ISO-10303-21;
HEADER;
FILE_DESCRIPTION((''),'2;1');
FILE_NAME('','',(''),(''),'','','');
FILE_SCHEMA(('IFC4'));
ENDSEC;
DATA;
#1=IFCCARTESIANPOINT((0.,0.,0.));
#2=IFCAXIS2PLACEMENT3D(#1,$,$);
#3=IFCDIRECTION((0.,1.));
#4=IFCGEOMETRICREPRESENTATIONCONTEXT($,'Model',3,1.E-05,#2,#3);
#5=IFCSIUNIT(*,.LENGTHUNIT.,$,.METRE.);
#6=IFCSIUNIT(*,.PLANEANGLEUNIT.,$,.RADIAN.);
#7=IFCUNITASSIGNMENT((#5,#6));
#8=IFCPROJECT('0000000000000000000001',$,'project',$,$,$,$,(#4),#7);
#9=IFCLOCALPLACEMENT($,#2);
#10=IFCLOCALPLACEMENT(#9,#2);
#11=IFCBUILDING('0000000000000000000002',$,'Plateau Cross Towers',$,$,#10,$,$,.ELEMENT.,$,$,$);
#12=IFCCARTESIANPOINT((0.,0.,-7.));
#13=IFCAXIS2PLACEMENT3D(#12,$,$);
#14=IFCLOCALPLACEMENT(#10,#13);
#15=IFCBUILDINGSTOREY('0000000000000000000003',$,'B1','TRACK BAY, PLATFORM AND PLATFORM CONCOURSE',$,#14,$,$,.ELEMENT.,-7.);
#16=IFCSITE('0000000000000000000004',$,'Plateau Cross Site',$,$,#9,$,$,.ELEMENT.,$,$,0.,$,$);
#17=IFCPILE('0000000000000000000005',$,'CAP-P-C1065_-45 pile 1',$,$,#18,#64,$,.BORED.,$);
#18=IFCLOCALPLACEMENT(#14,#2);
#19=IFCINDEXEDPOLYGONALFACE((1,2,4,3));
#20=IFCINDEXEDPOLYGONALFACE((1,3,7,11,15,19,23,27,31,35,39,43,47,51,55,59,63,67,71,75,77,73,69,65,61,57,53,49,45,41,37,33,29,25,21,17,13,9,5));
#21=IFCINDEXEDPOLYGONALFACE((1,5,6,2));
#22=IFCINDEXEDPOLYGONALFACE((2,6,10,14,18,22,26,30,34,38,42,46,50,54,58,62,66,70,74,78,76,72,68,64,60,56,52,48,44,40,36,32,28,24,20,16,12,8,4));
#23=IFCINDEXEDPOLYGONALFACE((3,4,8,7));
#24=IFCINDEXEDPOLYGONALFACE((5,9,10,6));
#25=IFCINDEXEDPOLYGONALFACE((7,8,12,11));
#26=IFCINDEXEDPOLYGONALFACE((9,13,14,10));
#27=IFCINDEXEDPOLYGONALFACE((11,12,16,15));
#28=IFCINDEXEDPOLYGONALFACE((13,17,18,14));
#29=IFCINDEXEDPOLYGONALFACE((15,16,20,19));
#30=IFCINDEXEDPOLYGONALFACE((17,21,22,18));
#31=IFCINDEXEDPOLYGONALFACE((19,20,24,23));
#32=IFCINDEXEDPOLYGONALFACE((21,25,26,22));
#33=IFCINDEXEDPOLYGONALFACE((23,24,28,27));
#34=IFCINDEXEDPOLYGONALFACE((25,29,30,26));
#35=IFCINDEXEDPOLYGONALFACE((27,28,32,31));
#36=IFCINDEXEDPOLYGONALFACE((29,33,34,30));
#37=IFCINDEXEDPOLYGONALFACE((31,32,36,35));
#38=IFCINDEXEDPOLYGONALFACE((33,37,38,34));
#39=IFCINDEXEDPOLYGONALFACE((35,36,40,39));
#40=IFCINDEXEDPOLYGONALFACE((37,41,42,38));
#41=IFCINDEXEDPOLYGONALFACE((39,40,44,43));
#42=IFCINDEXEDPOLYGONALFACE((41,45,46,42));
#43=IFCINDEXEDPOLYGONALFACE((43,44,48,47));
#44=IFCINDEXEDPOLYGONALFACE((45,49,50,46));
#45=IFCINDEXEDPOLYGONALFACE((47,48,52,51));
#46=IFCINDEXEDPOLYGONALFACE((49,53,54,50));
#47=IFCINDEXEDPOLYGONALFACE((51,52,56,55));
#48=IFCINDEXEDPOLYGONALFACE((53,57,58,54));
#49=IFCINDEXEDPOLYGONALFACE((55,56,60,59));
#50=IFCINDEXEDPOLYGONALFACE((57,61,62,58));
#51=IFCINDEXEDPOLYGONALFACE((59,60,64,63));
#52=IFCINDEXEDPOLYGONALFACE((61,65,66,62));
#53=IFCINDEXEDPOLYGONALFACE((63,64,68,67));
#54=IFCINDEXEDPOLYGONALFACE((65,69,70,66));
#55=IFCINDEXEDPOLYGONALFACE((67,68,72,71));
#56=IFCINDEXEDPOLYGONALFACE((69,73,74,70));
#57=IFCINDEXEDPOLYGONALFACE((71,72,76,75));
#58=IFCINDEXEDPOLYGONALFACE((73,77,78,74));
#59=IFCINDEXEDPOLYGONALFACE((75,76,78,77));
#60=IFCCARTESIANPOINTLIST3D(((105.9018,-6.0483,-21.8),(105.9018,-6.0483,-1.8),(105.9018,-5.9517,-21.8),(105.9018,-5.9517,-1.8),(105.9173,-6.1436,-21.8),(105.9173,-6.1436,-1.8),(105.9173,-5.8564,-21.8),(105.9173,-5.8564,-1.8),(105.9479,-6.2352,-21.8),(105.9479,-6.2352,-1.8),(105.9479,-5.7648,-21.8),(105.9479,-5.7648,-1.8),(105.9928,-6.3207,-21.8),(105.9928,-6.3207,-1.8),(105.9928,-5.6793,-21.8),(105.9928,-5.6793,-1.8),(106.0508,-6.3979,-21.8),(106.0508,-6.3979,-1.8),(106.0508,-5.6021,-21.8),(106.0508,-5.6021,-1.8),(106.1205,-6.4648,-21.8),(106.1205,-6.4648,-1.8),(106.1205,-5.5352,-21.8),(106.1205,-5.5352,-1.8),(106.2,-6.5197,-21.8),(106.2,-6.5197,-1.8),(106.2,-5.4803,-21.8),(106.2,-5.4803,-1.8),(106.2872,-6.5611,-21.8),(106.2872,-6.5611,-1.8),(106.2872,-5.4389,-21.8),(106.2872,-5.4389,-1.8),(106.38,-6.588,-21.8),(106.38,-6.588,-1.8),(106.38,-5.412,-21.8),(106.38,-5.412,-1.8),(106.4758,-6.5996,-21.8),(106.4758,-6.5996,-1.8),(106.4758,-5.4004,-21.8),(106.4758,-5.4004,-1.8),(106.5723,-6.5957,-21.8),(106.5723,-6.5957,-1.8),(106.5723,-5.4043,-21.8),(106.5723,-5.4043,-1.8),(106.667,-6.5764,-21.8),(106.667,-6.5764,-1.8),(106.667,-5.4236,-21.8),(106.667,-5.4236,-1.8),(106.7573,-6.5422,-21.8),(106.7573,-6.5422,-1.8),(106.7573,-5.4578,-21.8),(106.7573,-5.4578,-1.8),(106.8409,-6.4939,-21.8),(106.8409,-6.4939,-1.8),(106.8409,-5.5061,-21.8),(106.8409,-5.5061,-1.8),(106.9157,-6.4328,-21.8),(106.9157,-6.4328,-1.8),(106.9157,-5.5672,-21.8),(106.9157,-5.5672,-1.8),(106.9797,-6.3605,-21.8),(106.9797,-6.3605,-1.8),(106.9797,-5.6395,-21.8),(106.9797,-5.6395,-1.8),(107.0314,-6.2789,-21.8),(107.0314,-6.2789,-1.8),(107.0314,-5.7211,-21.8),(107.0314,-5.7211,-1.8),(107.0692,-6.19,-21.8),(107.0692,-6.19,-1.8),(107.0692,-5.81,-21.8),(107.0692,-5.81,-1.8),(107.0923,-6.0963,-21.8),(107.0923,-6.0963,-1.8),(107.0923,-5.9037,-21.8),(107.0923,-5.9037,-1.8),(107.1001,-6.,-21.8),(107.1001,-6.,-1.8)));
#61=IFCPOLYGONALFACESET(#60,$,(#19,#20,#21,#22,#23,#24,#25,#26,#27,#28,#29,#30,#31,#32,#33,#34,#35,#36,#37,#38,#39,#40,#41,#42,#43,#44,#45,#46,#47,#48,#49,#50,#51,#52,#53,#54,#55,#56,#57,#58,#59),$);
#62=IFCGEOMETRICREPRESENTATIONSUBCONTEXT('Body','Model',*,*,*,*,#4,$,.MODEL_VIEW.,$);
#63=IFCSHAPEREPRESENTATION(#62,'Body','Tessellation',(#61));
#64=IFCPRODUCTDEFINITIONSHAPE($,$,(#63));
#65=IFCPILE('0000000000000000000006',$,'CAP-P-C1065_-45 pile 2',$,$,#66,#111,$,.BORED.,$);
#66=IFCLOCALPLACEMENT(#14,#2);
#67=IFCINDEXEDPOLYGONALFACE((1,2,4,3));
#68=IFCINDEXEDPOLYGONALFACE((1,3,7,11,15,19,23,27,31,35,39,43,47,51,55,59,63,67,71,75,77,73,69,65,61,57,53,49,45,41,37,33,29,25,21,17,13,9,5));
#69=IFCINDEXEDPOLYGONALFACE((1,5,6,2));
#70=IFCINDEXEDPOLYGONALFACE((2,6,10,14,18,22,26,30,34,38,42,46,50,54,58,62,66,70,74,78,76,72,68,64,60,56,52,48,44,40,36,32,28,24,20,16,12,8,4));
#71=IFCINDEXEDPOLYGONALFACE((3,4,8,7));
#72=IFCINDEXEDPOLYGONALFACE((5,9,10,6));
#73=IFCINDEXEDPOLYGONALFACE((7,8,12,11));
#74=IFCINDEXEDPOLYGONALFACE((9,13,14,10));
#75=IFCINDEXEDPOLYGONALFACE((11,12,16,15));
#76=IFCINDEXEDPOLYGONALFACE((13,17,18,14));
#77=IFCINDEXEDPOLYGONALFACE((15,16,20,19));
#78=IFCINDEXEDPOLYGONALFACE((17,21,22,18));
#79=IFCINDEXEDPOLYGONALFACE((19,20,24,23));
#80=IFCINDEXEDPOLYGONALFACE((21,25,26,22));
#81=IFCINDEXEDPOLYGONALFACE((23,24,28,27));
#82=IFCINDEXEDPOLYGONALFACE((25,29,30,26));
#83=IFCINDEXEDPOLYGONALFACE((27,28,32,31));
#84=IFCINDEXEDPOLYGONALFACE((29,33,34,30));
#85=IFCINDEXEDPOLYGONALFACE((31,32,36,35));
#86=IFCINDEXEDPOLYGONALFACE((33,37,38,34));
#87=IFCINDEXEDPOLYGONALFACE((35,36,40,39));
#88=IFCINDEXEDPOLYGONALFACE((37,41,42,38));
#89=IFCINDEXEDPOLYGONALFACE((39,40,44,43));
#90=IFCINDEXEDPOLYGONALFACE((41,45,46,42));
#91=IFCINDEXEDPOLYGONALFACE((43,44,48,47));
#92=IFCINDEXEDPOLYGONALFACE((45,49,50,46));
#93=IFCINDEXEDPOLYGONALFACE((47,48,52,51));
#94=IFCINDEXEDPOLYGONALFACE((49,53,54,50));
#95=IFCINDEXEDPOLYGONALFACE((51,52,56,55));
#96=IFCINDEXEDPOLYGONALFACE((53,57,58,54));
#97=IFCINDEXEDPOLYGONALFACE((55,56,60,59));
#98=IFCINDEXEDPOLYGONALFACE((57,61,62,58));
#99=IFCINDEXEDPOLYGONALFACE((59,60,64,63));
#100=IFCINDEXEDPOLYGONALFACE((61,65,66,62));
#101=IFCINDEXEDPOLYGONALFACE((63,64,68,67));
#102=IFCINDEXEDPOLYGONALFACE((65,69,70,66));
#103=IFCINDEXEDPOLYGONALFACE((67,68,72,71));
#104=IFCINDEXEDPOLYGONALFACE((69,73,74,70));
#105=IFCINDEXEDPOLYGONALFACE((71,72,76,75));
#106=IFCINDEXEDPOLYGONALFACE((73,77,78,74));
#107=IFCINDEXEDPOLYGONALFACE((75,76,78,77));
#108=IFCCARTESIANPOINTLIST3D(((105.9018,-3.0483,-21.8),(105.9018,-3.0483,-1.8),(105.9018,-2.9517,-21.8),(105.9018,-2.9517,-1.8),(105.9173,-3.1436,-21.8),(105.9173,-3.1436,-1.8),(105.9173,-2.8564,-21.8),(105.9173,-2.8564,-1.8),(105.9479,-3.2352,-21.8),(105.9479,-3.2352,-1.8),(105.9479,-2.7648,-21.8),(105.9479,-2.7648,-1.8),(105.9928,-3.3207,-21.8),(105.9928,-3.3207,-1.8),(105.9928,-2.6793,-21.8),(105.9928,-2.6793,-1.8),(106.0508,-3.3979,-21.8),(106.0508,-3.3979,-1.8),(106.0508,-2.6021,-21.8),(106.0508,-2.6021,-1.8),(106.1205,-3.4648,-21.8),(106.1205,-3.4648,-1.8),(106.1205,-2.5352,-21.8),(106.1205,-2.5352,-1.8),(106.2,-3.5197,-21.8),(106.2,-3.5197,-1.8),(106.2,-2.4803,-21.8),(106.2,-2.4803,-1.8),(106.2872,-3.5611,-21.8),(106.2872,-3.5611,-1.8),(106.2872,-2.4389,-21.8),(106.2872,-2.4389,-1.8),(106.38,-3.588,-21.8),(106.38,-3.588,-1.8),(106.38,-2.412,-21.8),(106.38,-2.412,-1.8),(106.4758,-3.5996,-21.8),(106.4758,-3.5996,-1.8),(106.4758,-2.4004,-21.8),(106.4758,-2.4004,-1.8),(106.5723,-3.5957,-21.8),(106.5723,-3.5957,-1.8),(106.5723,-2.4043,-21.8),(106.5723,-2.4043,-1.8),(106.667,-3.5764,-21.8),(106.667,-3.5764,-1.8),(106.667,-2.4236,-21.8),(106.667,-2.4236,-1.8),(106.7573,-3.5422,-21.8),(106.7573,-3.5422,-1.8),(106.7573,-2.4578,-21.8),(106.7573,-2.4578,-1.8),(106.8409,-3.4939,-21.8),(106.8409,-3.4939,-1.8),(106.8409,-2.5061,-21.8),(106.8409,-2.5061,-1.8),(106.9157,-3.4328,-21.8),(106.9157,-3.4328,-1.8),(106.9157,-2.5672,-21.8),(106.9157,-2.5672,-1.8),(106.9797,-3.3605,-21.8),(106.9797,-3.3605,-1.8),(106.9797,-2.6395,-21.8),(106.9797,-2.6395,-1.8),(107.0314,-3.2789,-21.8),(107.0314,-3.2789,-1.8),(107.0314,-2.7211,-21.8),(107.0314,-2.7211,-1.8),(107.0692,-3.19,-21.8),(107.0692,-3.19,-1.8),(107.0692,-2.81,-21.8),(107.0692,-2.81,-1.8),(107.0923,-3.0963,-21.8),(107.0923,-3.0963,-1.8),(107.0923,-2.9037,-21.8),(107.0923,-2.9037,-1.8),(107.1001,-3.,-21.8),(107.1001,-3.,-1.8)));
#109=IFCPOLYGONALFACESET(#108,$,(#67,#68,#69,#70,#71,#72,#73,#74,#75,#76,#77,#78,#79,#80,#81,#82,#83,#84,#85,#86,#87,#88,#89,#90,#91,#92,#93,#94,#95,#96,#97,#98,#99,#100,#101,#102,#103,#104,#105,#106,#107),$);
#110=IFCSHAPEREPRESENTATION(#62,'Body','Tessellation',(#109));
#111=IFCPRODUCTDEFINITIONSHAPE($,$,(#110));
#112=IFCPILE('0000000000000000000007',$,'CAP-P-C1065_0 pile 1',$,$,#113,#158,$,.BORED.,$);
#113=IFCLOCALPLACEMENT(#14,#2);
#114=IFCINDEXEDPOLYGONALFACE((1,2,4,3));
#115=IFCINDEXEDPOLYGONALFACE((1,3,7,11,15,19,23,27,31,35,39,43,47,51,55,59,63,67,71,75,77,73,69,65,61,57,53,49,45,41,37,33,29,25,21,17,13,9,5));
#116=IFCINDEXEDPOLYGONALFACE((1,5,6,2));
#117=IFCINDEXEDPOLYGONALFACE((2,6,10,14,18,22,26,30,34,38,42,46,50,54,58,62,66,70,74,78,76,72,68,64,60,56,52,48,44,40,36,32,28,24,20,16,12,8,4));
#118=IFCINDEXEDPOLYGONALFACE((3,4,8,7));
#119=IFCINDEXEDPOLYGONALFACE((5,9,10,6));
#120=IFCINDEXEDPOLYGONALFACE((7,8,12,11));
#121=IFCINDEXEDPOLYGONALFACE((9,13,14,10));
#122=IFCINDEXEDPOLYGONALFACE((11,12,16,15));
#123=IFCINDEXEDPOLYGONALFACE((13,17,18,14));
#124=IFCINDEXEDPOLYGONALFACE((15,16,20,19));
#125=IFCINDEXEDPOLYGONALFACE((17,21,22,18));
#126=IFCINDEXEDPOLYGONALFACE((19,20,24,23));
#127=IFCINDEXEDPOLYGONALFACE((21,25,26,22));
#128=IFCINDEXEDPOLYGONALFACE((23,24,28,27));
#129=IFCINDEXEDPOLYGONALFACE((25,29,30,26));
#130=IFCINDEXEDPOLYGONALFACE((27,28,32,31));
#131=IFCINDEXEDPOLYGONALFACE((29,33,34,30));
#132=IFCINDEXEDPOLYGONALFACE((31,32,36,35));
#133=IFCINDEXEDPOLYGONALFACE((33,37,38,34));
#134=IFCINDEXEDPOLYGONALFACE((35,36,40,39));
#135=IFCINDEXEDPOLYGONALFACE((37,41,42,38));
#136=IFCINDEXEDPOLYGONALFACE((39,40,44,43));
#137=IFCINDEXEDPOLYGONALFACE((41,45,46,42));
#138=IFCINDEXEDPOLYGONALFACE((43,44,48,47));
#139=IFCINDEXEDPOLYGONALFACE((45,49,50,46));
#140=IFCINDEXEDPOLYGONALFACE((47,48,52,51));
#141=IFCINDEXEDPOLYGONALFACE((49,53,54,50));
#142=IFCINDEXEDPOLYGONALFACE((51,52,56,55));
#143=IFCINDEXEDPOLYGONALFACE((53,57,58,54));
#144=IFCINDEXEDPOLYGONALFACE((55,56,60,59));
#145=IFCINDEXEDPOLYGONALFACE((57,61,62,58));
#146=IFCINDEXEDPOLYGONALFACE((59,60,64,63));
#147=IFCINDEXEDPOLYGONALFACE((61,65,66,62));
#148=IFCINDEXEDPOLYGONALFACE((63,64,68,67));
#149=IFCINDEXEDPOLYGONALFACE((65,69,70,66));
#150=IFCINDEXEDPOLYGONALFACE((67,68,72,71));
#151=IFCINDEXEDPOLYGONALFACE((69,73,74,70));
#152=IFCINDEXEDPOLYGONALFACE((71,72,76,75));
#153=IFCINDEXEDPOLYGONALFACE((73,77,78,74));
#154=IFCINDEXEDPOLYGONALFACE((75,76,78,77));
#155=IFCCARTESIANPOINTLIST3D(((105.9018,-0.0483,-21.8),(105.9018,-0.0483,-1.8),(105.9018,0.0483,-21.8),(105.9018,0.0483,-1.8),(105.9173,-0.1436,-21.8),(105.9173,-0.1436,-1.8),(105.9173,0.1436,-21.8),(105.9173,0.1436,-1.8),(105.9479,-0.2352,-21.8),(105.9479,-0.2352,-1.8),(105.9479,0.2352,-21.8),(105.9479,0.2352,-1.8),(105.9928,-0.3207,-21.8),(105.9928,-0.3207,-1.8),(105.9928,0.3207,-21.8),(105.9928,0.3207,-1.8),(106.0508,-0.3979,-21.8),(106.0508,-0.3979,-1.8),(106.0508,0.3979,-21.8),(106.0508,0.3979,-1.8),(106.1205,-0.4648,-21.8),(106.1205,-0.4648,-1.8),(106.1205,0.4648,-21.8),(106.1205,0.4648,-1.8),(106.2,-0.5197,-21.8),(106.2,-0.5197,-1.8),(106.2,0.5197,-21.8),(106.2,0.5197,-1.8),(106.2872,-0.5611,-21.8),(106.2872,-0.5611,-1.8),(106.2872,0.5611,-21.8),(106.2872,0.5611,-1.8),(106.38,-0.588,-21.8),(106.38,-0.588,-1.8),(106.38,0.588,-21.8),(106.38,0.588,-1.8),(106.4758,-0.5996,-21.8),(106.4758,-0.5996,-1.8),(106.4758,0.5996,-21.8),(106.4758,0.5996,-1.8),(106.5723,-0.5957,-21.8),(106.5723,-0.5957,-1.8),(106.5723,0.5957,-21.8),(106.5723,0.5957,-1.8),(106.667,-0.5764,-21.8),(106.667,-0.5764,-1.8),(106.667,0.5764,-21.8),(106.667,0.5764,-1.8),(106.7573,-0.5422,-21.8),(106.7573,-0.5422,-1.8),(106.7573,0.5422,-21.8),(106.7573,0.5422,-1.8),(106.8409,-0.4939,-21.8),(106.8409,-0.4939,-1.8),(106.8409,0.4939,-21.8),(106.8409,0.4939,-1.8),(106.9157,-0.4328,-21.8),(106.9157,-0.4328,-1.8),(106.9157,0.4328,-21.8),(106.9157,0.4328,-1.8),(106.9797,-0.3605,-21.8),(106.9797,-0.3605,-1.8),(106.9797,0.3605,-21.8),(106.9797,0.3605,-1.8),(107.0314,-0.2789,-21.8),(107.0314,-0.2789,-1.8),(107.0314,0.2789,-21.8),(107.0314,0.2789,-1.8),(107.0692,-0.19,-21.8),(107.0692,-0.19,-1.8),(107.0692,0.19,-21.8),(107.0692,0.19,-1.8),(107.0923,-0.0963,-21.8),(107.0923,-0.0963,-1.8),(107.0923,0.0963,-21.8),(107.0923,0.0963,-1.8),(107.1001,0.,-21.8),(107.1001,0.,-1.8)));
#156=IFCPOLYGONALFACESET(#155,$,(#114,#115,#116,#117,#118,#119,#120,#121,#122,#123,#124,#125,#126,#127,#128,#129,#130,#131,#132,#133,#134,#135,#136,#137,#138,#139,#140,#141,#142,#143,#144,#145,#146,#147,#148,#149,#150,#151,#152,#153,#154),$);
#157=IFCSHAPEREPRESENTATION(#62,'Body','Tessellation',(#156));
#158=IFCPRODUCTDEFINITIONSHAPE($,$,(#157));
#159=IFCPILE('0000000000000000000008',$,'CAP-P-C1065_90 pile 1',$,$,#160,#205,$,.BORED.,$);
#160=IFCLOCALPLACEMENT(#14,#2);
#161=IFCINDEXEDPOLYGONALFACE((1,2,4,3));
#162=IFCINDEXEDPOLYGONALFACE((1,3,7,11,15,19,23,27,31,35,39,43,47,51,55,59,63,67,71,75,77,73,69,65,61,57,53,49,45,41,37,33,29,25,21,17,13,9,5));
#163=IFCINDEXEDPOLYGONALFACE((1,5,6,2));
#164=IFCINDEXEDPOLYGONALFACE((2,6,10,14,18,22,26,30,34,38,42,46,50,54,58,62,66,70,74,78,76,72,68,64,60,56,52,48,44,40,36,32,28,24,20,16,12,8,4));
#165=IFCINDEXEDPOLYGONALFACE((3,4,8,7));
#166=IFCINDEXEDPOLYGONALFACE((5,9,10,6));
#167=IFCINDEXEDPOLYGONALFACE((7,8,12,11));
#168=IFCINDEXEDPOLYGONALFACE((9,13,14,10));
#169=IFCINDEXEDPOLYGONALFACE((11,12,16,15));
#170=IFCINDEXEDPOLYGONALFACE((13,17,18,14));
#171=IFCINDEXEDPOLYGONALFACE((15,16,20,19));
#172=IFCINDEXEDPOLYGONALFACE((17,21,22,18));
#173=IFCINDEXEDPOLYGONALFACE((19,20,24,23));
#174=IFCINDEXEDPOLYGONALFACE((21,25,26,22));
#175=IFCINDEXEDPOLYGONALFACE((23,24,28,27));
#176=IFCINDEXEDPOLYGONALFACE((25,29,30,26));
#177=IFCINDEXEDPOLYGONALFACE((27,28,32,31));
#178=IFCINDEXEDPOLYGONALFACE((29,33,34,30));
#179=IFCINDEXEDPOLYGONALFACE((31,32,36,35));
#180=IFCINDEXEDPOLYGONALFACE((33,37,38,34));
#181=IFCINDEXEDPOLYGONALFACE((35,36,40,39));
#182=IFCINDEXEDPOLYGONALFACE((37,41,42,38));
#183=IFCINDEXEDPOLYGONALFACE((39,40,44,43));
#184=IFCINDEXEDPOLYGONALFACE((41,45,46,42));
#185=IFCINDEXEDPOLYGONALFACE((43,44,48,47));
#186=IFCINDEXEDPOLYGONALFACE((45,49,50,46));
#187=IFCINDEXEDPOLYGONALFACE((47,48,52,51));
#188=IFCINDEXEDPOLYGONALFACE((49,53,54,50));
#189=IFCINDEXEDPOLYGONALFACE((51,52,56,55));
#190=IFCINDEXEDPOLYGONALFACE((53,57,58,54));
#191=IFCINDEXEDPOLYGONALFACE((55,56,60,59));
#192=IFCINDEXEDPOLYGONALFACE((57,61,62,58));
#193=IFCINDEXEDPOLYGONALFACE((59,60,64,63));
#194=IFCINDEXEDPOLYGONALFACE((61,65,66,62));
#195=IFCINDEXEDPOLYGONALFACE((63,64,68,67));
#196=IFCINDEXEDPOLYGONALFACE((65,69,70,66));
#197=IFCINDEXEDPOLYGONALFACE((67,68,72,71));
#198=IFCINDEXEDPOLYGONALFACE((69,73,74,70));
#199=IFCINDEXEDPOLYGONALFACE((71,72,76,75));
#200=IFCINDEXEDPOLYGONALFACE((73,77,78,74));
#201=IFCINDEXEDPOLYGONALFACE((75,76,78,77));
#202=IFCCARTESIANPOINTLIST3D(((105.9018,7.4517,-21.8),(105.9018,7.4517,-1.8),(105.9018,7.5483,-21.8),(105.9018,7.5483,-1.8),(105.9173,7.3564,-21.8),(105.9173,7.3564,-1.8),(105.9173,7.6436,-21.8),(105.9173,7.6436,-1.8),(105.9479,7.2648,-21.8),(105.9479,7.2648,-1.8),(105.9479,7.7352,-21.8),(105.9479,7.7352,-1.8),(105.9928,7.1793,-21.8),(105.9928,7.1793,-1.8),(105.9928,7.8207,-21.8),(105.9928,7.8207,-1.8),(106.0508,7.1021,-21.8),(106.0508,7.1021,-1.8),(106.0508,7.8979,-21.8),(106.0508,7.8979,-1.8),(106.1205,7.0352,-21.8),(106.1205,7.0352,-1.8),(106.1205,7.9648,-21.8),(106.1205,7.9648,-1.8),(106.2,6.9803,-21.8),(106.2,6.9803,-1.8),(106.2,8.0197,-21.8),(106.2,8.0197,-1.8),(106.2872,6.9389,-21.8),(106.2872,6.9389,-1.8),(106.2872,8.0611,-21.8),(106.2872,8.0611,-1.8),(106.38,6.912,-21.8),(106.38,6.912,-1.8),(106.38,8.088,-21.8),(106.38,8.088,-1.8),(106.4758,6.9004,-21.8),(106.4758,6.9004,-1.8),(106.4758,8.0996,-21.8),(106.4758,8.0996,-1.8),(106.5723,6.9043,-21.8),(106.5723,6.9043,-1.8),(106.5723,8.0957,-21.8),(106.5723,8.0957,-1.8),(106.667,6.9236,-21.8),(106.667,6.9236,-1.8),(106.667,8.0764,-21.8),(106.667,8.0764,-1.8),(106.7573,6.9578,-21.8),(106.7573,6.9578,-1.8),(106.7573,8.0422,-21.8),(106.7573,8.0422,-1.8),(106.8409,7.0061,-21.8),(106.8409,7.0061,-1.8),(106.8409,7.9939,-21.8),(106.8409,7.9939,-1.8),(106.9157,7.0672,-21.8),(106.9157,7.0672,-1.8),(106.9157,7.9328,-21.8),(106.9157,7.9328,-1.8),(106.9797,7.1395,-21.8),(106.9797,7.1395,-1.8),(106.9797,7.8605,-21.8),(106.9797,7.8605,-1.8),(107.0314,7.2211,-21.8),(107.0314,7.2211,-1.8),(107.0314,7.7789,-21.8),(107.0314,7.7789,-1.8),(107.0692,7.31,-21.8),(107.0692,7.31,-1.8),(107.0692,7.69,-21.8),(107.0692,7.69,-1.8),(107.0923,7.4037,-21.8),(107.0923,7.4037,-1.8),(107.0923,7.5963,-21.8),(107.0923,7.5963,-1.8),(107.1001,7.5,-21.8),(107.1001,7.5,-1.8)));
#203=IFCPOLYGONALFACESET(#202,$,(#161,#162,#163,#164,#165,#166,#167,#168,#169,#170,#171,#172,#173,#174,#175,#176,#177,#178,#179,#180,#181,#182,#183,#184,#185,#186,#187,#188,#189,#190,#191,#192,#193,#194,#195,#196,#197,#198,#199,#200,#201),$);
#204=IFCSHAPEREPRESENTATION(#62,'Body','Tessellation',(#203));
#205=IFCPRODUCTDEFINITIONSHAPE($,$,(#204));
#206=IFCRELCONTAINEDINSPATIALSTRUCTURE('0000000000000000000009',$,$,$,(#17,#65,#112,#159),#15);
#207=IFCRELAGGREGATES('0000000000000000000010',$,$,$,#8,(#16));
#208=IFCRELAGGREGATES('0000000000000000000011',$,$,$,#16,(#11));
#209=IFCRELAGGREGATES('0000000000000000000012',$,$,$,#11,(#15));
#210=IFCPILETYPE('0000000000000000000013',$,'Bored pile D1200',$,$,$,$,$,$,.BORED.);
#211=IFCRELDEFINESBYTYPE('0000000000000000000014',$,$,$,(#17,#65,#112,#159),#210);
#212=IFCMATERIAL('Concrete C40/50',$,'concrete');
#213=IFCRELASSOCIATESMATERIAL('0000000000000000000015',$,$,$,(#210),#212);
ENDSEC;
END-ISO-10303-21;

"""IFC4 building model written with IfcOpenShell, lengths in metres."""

from ifc_helpers import new_model, si_unit, direction, frame, origin, origin_2d, place, context, subcontext, project, spatial, circle, extrude, material, material_profile, profile_set, type_object, element, save


model = new_model("IFC4")

# Units and contexts
model_context = context("Model", 3, precision=1e-05, world=origin(), true_north=direction((0.0, 1.0)))
body_context = subcontext(model_context, "Body", "Model", "MODEL_VIEW")
ifc_project = project(units=[si_unit("LENGTHUNIT", "METRE"), si_unit("PLANEANGLEUNIT", "RADIAN")], contexts=[model_context])

# Site, building, storey
site_placement = place(None, origin())
site = spatial("IfcSite", under=ifc_project, at=site_placement, Name="Plateau Cross Site", CompositionType="ELEMENT", RefElevation=0.0)
building_placement = place(site_placement, origin())
building = spatial("IfcBuilding", under=site, at=building_placement, Name="Plateau Cross Towers", CompositionType="ELEMENT")
storey_placement = place(building_placement, frame((0.0, 0.0, -7.0)))
storey = spatial("IfcBuildingStorey", under=building, at=storey_placement, Name="B1", Description="TRACK BAY, PLATFORM AND PLATFORM CONCOURSE", CompositionType="ELEMENT", Elevation=-7.0)

# Piles
ifc_material_1 = material(Name="Concrete C40/50", Category="concrete")
ifc_material_profile_1 = material_profile(ifc_material_1, circle(Radius=0.6001, at=origin_2d()), Name="Bored pile D1200")
ifc_profile_set_1 = profile_set([ifc_material_profile_1], Name="Concrete C40/50")
pile_type = type_object("IfcPileType", Name="Bored pile D1200", PredefinedType="BORED", material=ifc_profile_set_1)
for number, where, z_axis, x_axis, name in (
    (1, (106.5, -6.0, -1.8), (0.0, 0.0, -1.0), (1.0, 0.0, 0.0), "CAP-P-C1065_-45 pile 1"),
    (2, (106.5, -3.0, -1.8), (0.0, 0.0, -1.0), (1.0, 0.0, 0.0), "CAP-P-C1065_-45 pile 2"),
    (3, (106.5, 0.0, -1.8), (0.0, 0.0, -1.0), (1.0, 0.0, 0.0), "CAP-P-C1065_0 pile 1"),
    (4, (106.5, 7.5, -1.8), (0.0, 0.0, -1.0), (1.0, 0.0, 0.0), "CAP-P-C1065_90 pile 1"),
):
    element("IfcPile", number, at=place(storey_placement, frame(where, z_axis=z_axis, x_axis=x_axis)), inside=storey, type_object=pile_type, Name=name, PredefinedType="BORED", context=body_context, shape_type="SweptSolid", body=[
        extrude(circle(Radius=0.6001, at=origin_2d()), origin(), (0.0, 0.0, 1.0), 20.0),
    ])

save(model, "model.ifc")
